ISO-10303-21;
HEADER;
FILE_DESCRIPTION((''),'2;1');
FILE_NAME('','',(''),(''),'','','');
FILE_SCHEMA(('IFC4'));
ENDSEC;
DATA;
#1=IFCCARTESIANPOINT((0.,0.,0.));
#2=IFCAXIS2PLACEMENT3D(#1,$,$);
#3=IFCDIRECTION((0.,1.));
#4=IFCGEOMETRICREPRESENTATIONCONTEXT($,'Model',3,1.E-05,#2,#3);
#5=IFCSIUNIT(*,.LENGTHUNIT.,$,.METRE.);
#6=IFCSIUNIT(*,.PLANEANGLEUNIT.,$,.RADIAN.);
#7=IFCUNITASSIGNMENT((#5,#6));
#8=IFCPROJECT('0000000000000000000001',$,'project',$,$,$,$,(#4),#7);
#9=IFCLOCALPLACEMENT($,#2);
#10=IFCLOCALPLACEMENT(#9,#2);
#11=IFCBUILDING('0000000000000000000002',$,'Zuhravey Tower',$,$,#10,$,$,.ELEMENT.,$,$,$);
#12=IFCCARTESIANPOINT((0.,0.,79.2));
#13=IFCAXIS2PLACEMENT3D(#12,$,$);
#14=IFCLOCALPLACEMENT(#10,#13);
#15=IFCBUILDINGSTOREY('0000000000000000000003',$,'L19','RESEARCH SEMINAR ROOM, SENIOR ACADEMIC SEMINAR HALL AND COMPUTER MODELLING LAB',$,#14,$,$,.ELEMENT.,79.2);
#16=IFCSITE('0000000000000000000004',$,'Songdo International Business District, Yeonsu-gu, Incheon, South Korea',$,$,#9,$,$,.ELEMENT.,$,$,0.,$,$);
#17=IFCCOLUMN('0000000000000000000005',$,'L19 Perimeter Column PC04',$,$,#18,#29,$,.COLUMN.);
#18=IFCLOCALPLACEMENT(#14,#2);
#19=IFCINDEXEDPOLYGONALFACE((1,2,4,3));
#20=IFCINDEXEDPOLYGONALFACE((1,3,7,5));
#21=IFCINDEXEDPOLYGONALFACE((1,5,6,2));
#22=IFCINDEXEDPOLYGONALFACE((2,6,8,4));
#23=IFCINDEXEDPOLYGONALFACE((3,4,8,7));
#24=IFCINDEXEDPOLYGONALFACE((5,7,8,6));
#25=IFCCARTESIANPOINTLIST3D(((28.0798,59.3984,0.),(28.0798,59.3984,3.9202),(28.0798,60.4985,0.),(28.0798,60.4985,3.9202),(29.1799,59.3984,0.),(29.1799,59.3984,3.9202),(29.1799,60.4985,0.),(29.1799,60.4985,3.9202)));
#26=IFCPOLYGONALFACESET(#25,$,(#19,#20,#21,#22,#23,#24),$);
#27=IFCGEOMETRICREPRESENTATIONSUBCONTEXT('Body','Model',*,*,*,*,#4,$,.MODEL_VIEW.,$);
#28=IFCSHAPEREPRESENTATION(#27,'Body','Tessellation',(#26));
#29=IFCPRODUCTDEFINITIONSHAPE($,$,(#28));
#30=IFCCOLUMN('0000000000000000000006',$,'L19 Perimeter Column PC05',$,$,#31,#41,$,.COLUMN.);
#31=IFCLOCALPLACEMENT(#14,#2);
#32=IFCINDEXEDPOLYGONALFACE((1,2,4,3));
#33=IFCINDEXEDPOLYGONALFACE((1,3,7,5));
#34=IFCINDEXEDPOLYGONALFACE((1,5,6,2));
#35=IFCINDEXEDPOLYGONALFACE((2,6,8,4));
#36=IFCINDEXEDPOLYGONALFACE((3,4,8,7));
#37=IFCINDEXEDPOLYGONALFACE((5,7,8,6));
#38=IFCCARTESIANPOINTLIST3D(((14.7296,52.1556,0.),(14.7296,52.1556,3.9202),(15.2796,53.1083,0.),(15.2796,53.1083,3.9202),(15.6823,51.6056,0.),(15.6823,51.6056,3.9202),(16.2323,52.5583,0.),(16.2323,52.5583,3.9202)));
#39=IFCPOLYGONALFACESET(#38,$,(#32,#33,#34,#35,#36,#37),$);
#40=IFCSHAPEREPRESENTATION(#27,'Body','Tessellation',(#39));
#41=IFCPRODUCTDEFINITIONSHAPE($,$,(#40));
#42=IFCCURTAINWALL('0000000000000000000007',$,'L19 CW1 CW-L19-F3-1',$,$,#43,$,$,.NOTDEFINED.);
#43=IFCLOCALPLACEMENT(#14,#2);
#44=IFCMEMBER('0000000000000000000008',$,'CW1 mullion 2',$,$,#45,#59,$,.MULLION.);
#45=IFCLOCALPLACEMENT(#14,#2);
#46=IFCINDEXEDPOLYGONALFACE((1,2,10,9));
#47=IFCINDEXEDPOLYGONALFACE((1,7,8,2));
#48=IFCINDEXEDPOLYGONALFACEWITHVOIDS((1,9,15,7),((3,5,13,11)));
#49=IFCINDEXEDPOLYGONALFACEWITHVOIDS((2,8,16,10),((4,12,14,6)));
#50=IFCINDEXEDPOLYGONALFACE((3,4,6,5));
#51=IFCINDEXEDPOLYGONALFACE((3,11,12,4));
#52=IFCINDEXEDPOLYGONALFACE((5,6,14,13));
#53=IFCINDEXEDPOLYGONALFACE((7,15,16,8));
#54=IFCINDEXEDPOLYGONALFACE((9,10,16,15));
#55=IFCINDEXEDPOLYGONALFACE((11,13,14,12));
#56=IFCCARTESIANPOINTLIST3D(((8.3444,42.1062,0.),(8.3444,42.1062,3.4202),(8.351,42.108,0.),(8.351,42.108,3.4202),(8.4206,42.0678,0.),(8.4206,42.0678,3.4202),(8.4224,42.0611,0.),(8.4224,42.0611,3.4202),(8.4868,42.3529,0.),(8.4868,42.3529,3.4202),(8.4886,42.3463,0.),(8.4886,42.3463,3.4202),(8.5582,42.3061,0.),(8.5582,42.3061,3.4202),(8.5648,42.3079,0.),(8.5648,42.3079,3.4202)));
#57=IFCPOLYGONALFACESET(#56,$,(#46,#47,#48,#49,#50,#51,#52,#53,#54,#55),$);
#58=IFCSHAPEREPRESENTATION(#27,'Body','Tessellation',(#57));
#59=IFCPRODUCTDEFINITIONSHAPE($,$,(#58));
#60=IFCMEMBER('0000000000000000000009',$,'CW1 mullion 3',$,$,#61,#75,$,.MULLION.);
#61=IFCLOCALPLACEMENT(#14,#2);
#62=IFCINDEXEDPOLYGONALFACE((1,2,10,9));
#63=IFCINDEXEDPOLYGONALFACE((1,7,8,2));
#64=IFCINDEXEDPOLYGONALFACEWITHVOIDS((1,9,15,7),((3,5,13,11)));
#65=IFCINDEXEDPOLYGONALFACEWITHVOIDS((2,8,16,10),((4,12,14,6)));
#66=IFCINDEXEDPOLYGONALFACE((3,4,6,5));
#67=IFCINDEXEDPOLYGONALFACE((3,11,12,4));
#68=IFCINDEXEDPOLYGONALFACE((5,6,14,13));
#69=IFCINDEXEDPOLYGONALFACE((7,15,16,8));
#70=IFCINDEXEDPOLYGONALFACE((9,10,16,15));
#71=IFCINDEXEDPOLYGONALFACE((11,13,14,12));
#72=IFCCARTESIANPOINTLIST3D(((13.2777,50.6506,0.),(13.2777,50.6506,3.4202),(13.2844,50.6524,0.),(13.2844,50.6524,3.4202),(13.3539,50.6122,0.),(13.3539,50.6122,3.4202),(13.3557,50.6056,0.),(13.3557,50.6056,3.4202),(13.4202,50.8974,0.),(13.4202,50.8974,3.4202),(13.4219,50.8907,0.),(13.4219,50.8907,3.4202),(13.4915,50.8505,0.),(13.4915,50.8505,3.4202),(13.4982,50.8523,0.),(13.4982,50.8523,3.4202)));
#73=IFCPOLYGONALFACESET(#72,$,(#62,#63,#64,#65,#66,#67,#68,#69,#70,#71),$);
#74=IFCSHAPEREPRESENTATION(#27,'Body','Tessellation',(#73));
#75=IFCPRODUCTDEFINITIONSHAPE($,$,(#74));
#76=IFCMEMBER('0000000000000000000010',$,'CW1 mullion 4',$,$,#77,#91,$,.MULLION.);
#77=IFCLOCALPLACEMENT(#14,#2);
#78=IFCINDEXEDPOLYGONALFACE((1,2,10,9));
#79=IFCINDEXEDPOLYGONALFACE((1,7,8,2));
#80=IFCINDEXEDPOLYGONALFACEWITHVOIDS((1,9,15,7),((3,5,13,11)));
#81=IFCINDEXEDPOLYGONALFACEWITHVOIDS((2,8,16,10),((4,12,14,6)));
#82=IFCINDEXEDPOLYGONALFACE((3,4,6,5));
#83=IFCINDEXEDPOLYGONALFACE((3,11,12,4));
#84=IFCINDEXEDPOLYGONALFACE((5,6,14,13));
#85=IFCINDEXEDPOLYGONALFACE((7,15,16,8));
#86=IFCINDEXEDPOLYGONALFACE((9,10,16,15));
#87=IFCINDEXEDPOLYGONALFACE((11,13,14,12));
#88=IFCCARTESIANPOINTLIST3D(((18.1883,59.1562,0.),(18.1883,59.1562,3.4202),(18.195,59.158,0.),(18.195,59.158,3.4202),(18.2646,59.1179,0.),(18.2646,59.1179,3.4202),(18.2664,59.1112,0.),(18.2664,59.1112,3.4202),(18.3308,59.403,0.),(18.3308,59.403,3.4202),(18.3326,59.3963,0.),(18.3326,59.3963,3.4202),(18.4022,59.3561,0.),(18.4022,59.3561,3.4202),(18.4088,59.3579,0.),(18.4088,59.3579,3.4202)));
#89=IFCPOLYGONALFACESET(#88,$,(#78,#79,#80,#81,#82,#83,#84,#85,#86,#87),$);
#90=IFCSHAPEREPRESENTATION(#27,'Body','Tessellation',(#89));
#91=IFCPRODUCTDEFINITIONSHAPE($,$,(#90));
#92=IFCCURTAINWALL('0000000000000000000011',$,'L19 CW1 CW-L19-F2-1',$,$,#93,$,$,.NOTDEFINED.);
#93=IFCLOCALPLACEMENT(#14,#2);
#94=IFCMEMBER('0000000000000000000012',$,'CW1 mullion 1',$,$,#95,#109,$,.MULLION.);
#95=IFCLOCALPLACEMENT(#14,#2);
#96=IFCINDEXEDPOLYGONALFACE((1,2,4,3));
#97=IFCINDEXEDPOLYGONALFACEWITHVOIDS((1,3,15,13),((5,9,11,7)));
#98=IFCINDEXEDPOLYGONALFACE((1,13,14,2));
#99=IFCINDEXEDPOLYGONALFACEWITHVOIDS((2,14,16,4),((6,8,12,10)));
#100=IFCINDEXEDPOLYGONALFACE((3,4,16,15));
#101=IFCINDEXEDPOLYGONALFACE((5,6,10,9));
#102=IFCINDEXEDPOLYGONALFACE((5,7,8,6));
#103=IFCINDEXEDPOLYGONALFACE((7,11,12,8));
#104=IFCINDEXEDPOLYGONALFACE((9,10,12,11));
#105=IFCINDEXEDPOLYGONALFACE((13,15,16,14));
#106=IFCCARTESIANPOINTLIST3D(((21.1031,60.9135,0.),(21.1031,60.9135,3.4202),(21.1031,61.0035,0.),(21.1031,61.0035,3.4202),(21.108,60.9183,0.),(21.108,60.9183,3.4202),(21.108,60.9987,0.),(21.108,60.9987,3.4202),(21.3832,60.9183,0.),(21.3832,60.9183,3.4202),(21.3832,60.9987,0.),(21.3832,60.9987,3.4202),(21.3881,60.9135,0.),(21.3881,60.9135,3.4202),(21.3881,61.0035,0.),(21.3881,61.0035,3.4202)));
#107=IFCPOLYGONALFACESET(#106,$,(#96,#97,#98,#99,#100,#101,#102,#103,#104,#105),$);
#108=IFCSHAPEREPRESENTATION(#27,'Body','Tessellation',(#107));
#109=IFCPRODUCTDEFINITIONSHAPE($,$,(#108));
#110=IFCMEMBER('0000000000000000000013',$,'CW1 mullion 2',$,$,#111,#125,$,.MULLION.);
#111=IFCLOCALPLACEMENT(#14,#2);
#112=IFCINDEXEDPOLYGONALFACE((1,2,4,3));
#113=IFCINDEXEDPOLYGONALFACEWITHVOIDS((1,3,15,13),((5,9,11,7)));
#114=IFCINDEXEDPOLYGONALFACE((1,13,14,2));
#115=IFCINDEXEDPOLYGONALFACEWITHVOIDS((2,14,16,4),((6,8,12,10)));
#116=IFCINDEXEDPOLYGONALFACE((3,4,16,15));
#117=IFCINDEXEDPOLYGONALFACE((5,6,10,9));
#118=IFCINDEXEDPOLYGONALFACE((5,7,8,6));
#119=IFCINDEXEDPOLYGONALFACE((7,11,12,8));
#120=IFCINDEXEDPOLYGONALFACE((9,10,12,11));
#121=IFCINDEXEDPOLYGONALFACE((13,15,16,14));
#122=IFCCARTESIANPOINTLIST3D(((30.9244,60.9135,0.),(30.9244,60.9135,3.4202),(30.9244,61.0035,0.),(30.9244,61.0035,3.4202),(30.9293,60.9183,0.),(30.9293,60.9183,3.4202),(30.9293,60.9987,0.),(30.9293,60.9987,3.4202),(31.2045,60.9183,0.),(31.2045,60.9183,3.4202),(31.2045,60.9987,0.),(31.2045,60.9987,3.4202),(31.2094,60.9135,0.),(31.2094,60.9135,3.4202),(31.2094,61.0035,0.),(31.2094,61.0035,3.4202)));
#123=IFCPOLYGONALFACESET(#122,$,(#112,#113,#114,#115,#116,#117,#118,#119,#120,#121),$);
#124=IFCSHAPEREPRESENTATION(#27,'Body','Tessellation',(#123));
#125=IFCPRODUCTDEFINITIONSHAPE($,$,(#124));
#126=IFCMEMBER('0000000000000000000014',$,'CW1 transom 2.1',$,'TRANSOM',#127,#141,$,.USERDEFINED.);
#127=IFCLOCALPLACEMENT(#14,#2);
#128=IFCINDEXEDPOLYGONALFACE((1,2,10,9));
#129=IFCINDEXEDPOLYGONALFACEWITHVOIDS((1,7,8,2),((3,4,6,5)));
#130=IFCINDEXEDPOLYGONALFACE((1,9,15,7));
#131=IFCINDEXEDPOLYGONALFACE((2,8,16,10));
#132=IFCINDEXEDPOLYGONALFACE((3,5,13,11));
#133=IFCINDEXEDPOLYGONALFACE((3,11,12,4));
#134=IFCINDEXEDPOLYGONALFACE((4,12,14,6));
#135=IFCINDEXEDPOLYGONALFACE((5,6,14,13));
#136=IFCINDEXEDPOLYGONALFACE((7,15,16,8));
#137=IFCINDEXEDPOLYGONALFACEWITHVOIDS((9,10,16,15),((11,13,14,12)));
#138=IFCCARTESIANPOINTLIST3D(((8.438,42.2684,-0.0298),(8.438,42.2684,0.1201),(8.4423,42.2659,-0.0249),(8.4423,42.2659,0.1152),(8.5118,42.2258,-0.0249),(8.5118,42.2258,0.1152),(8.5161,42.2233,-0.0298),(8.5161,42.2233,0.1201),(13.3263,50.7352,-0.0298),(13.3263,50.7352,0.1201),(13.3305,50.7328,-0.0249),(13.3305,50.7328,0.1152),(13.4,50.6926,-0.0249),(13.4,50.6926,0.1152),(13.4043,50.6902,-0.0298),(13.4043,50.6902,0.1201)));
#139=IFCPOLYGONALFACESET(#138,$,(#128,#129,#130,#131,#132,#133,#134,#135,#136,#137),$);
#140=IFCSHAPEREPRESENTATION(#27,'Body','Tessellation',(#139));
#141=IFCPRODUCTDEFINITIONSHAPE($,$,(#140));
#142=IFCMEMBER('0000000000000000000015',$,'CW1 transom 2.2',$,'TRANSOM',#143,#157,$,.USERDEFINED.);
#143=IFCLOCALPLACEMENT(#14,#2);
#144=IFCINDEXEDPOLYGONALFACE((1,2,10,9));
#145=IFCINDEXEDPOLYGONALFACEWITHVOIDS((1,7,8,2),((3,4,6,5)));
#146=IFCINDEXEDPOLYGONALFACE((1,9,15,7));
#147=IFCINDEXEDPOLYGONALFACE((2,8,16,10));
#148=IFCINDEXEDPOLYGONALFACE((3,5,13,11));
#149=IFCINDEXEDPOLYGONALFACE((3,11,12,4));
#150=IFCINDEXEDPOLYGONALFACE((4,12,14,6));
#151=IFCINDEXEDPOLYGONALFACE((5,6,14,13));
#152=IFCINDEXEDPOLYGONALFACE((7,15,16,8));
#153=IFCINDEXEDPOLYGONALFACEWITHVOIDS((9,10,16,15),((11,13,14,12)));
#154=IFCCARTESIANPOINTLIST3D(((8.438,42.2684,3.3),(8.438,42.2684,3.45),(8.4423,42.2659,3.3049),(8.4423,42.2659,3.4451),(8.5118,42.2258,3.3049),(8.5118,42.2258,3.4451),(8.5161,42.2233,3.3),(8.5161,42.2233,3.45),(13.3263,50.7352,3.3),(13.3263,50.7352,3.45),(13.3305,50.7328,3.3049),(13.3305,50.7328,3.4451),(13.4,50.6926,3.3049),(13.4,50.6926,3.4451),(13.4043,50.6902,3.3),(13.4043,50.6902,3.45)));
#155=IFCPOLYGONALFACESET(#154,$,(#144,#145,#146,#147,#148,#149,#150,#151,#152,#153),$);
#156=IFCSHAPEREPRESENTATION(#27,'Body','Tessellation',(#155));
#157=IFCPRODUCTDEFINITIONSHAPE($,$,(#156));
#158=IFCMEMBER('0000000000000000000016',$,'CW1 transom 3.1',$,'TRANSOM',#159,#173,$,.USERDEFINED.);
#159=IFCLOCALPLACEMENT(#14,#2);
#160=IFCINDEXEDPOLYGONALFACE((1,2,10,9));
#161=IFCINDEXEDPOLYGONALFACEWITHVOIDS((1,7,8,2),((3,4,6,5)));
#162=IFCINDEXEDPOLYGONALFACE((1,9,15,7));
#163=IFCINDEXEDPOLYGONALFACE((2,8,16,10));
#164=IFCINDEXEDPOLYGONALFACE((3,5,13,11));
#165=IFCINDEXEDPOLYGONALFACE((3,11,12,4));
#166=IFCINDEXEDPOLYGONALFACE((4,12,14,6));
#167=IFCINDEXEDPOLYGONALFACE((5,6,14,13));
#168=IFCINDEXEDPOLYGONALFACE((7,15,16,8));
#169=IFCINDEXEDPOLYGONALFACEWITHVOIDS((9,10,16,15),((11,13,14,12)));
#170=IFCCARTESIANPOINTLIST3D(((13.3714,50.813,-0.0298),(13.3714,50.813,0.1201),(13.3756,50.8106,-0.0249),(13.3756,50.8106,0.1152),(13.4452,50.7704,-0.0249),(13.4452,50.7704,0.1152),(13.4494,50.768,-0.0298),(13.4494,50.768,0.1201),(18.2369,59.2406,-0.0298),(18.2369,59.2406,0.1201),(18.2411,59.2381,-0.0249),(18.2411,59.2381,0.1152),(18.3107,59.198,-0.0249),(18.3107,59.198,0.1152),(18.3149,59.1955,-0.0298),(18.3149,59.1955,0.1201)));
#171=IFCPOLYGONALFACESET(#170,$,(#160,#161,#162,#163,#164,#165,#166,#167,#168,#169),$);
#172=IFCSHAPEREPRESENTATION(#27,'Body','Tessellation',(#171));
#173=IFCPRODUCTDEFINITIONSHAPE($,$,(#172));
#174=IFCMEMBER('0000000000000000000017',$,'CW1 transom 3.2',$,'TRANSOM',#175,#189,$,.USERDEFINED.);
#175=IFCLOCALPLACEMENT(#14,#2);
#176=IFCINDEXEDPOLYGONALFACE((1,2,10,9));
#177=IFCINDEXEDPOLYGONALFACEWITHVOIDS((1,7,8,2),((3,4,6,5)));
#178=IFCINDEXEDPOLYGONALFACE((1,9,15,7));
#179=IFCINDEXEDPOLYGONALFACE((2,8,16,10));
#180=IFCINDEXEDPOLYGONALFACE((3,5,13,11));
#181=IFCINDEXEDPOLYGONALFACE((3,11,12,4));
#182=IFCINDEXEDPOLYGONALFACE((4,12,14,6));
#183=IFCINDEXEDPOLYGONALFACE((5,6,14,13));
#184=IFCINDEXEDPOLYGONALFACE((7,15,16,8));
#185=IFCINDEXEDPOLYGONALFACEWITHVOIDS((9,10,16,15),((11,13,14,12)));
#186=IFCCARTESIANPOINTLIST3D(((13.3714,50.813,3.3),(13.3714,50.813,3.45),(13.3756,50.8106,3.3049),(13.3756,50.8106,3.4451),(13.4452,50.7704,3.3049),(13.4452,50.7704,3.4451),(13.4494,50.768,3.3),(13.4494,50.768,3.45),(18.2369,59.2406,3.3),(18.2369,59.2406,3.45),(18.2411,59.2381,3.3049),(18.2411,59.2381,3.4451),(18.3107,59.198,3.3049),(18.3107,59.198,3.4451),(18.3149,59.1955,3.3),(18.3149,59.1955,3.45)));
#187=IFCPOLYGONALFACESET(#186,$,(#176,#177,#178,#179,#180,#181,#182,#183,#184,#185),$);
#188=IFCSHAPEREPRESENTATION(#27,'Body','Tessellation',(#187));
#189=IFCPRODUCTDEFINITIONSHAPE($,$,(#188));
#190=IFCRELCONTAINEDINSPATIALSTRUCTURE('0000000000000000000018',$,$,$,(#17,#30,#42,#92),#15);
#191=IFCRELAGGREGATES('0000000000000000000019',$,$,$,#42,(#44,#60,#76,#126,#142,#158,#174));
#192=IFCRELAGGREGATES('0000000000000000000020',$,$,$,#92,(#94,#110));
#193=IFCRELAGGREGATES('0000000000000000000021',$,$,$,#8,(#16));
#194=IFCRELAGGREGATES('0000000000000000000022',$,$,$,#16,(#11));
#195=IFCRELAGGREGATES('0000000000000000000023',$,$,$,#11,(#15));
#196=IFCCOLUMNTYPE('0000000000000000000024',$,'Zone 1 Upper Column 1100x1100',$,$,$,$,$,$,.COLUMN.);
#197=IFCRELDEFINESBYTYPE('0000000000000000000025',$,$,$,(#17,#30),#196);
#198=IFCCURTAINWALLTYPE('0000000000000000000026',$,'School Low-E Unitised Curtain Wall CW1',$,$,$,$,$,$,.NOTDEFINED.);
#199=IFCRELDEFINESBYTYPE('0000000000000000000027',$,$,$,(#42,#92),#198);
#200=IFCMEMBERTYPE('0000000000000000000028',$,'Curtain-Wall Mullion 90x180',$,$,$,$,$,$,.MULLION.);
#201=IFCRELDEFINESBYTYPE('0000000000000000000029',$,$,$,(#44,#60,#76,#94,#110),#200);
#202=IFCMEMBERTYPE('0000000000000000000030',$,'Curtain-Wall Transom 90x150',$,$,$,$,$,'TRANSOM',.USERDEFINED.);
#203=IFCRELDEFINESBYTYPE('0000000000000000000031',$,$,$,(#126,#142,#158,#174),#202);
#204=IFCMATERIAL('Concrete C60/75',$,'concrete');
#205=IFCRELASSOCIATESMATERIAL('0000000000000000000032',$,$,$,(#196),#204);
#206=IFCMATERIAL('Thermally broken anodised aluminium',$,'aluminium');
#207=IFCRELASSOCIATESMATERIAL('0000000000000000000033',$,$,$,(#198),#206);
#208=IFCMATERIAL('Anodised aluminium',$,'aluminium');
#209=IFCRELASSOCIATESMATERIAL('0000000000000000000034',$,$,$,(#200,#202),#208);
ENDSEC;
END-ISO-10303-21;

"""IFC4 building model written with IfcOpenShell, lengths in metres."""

from ifc_helpers import new_model, si_unit, direction, frame, origin, origin_2d, place, context, subcontext, project, spatial, rectangle, hollow_rectangle, extrude, material, material_profile, profile_set, type_object, element, aggregate, save


model = new_model("IFC4")

# Units and contexts
model_context = context("Model", 3, precision=1e-05, world=origin(), true_north=direction((0.0, 1.0)))
body_context = subcontext(model_context, "Body", "Model", "MODEL_VIEW")
ifc_project = project(units=[si_unit("LENGTHUNIT", "METRE"), si_unit("PLANEANGLEUNIT", "RADIAN")], contexts=[model_context])

# Site, building, storey
site_placement = place(None, origin())
site = spatial("IfcSite", under=ifc_project, at=site_placement, Name="Songdo International Business District, Yeonsu-gu, Incheon, South Korea", CompositionType="ELEMENT", RefElevation=0.0)
building_placement = place(site_placement, origin())
building = spatial("IfcBuilding", under=site, at=building_placement, Name="Zuhravey Tower", CompositionType="ELEMENT")
storey_placement = place(building_placement, frame((0.0, 0.0, 79.2)))
storey = spatial("IfcBuildingStorey", under=building, at=storey_placement, Name="L19", Description="RESEARCH SEMINAR ROOM, SENIOR ACADEMIC SEMINAR HALL AND COMPUTER MODELLING LAB", CompositionType="ELEMENT", Elevation=79.2)

# Columns
ifc_material_1 = material(Name="Concrete C60/75", Category="concrete")
ifc_material_profile_1 = material_profile(ifc_material_1, rectangle(XDim=1.1001, YDim=1.1001, at=origin_2d()), Name="RC-1100x1100")
ifc_profile_set_1 = profile_set([ifc_material_profile_1], Name="Concrete C60/75")
column_type = type_object("IfcColumnType", Name="Zone 1 Upper Column 1100x1100", PredefinedType="COLUMN", material=ifc_profile_set_1)
for number, where, z_axis, x_axis, name in (
    (1, (28.6299, 59.9485, 0.0), (0.0, 0.0, 1.0), (-1.0, 0.0, 0.0), "L19 Perimeter Column PC04"),
    (2, (15.481, 52.3569, 0.0), (0.0, 0.0, 1.0), (-0.5, -0.866025, 0.0), "L19 Perimeter Column PC05"),
):
    element("IfcColumn", number, at=place(storey_placement, frame(where, z_axis=z_axis, x_axis=x_axis)), inside=storey, type_object=column_type, Name=name, PredefinedType="COLUMN", context=body_context, shape_type="SweptSolid", body=[
        extrude(rectangle(XDim=1.1001, YDim=1.1001, at=origin_2d()), origin(), (0.0, 0.0, 1.0), 3.9202),
    ])

# Curtain walls, members
ifc_material_2 = material(Name="Thermally broken anodised aluminium", Category="aluminium")
curtain_wall_type = type_object("IfcCurtainWallType", Name="School Low-E Unitised Curtain Wall CW1", PredefinedType="NOTDEFINED", material=ifc_material_2)
curtain_wall_1_placement = place(storey_placement, origin())
curtain_wall_1 = element("IfcCurtainWall", 3, at=curtain_wall_1_placement, inside=storey, type_object=curtain_wall_type, Name="L19 CW1 CW-L19-F3-1", PredefinedType="NOTDEFINED")
ifc_material_3 = material(Name="Anodised aluminium", Category="aluminium")
ifc_material_profile_2 = material_profile(ifc_material_3, hollow_rectangle(XDim=0.0901, YDim=0.2849, WallThickness=0.0049, at=origin_2d()), Name="ALU-RHS-90x285x5")
ifc_profile_set_2 = profile_set([ifc_material_profile_2], Name="Anodised aluminium")
member_type_1 = type_object("IfcMemberType", Name="Curtain-Wall Mullion 90x180", PredefinedType="MULLION", material=ifc_profile_set_2)
member_1_placement = place(storey_placement, frame((8.4546, 42.207, 0.0), z_axis=(0.0, 0.0, 1.0), x_axis=(-0.866026, 0.5, 0.0)))
member_1 = element("IfcMember", 4, at=member_1_placement, type_object=member_type_1, Name="CW1 mullion 2", PredefinedType="MULLION", context=body_context, shape_type="SweptSolid", body=[
    extrude(hollow_rectangle(XDim=0.0901, YDim=0.2849, WallThickness=0.0049, at=origin_2d()), origin(), (0.0, 0.0, 1.0), 3.4202),
])
member_2_placement = place(storey_placement, frame((13.3879, 50.7515, 0.0), z_axis=(0.0, 0.0, 1.0), x_axis=(-0.866026, 0.5, 0.0)))
member_2 = element("IfcMember", 5, at=member_2_placement, type_object=member_type_1, Name="CW1 mullion 3", PredefinedType="MULLION", context=body_context, shape_type="SweptSolid", body=[
    extrude(hollow_rectangle(XDim=0.0901, YDim=0.2849, WallThickness=0.0049, at=origin_2d()), origin(), (0.0, 0.0, 1.0), 3.4202),
])
member_3_placement = place(storey_placement, frame((18.2986, 59.2571, 0.0), z_axis=(0.0, 0.0, 1.0), x_axis=(-0.866026, 0.5, 0.0)))
member_3 = element("IfcMember", 6, at=member_3_placement, type_object=member_type_1, Name="CW1 mullion 4", PredefinedType="MULLION", context=body_context, shape_type="SweptSolid", body=[
    extrude(hollow_rectangle(XDim=0.0901, YDim=0.2849, WallThickness=0.0049, at=origin_2d()), origin(), (0.0, 0.0, 1.0), 3.4202),
])
curtain_wall_2_placement = place(storey_placement, origin())
curtain_wall_2 = element("IfcCurtainWall", 7, at=curtain_wall_2_placement, inside=storey, type_object=curtain_wall_type, Name="L19 CW1 CW-L19-F2-1", PredefinedType="NOTDEFINED")
member_4_placement = place(storey_placement, frame((21.2456, 60.9585, 0.0), z_axis=(0.0, 0.0, 1.0), x_axis=(0.0, 1.0, 0.0)))
member_4 = element("IfcMember", 8, at=member_4_placement, type_object=member_type_1, Name="CW1 mullion 1", PredefinedType="MULLION", context=body_context, shape_type="SweptSolid", body=[
    extrude(hollow_rectangle(XDim=0.0901, YDim=0.2849, WallThickness=0.0049, at=origin_2d()), origin(), (0.0, 0.0, 1.0), 3.4202),
])
member_5_placement = place(storey_placement, frame((31.0669, 60.9585, 0.0), z_axis=(0.0, 0.0, 1.0), x_axis=(0.0, 1.0, 0.0)))
member_5 = element("IfcMember", 9, at=member_5_placement, type_object=member_type_1, Name="CW1 mullion 2", PredefinedType="MULLION", context=body_context, shape_type="SweptSolid", body=[
    extrude(hollow_rectangle(XDim=0.0901, YDim=0.2849, WallThickness=0.0049, at=origin_2d()), origin(), (0.0, 0.0, 1.0), 3.4202),
])

# Members
ifc_material_profile_3 = material_profile(ifc_material_3, hollow_rectangle(XDim=0.0901, YDim=0.1499, WallThickness=0.0049, at=origin_2d()), Name="ALU-RHS-90x150x5")
ifc_profile_set_3 = profile_set([ifc_material_profile_3], Name="Anodised aluminium")
member_type_2 = type_object("IfcMemberType", Name="Curtain-Wall Transom 90x150", ElementType="TRANSOM", PredefinedType="USERDEFINED", material=ifc_profile_set_3)
member_6_placement = place(storey_placement, frame((8.4771, 42.2458, 0.0452), z_axis=(0.49999, 0.866031, 0.0), x_axis=(-0.866031, 0.49999, 0.0)))
member_6 = element("IfcMember", 10, at=member_6_placement, type_object=member_type_2, Name="CW1 transom 2.1", ObjectType="TRANSOM", PredefinedType="USERDEFINED", context=body_context, shape_type="SweptSolid", body=[
    extrude(hollow_rectangle(XDim=0.0901, YDim=0.1499, WallThickness=0.0049, at=origin_2d()), origin(), (0.0, 0.0, 1.0), 9.7766),
])
member_7_placement = place(storey_placement, frame((8.4771, 42.2458, 3.375), z_axis=(0.49999, 0.866031, 0.0), x_axis=(-0.866031, 0.49999, 0.0)))
member_7 = element("IfcMember", 11, at=member_7_placement, type_object=member_type_2, Name="CW1 transom 2.2", ObjectType="TRANSOM", PredefinedType="USERDEFINED", context=body_context, shape_type="SweptSolid", body=[
    extrude(hollow_rectangle(XDim=0.0901, YDim=0.1499, WallThickness=0.0049, at=origin_2d()), origin(), (0.0, 0.0, 1.0), 9.7766),
])
member_8_placement = place(storey_placement, frame((13.4104, 50.7905, 0.0452), z_axis=(0.49999, 0.866031, 0.0), x_axis=(-0.866031, 0.49999, 0.0)))
member_8 = element("IfcMember", 12, at=member_8_placement, type_object=member_type_2, Name="CW1 transom 3.1", ObjectType="TRANSOM", PredefinedType="USERDEFINED", context=body_context, shape_type="SweptSolid", body=[
    extrude(hollow_rectangle(XDim=0.0901, YDim=0.1499, WallThickness=0.0049, at=origin_2d()), origin(), (0.0, 0.0, 1.0), 9.7312),
])
member_9_placement = place(storey_placement, frame((13.4104, 50.7905, 3.375), z_axis=(0.49999, 0.866031, 0.0), x_axis=(-0.866031, 0.49999, 0.0)))
member_9 = element("IfcMember", 13, at=member_9_placement, type_object=member_type_2, Name="CW1 transom 3.2", ObjectType="TRANSOM", PredefinedType="USERDEFINED", context=body_context, shape_type="SweptSolid", body=[
    extrude(hollow_rectangle(XDim=0.0901, YDim=0.1499, WallThickness=0.0049, at=origin_2d()), origin(), (0.0, 0.0, 1.0), 9.7312),
])

aggregate(curtain_wall_1, [member_1, member_2, member_3, member_6, member_7, member_8, member_9])
aggregate(curtain_wall_2, [member_4, member_5])

save(model, "model.ifc")
